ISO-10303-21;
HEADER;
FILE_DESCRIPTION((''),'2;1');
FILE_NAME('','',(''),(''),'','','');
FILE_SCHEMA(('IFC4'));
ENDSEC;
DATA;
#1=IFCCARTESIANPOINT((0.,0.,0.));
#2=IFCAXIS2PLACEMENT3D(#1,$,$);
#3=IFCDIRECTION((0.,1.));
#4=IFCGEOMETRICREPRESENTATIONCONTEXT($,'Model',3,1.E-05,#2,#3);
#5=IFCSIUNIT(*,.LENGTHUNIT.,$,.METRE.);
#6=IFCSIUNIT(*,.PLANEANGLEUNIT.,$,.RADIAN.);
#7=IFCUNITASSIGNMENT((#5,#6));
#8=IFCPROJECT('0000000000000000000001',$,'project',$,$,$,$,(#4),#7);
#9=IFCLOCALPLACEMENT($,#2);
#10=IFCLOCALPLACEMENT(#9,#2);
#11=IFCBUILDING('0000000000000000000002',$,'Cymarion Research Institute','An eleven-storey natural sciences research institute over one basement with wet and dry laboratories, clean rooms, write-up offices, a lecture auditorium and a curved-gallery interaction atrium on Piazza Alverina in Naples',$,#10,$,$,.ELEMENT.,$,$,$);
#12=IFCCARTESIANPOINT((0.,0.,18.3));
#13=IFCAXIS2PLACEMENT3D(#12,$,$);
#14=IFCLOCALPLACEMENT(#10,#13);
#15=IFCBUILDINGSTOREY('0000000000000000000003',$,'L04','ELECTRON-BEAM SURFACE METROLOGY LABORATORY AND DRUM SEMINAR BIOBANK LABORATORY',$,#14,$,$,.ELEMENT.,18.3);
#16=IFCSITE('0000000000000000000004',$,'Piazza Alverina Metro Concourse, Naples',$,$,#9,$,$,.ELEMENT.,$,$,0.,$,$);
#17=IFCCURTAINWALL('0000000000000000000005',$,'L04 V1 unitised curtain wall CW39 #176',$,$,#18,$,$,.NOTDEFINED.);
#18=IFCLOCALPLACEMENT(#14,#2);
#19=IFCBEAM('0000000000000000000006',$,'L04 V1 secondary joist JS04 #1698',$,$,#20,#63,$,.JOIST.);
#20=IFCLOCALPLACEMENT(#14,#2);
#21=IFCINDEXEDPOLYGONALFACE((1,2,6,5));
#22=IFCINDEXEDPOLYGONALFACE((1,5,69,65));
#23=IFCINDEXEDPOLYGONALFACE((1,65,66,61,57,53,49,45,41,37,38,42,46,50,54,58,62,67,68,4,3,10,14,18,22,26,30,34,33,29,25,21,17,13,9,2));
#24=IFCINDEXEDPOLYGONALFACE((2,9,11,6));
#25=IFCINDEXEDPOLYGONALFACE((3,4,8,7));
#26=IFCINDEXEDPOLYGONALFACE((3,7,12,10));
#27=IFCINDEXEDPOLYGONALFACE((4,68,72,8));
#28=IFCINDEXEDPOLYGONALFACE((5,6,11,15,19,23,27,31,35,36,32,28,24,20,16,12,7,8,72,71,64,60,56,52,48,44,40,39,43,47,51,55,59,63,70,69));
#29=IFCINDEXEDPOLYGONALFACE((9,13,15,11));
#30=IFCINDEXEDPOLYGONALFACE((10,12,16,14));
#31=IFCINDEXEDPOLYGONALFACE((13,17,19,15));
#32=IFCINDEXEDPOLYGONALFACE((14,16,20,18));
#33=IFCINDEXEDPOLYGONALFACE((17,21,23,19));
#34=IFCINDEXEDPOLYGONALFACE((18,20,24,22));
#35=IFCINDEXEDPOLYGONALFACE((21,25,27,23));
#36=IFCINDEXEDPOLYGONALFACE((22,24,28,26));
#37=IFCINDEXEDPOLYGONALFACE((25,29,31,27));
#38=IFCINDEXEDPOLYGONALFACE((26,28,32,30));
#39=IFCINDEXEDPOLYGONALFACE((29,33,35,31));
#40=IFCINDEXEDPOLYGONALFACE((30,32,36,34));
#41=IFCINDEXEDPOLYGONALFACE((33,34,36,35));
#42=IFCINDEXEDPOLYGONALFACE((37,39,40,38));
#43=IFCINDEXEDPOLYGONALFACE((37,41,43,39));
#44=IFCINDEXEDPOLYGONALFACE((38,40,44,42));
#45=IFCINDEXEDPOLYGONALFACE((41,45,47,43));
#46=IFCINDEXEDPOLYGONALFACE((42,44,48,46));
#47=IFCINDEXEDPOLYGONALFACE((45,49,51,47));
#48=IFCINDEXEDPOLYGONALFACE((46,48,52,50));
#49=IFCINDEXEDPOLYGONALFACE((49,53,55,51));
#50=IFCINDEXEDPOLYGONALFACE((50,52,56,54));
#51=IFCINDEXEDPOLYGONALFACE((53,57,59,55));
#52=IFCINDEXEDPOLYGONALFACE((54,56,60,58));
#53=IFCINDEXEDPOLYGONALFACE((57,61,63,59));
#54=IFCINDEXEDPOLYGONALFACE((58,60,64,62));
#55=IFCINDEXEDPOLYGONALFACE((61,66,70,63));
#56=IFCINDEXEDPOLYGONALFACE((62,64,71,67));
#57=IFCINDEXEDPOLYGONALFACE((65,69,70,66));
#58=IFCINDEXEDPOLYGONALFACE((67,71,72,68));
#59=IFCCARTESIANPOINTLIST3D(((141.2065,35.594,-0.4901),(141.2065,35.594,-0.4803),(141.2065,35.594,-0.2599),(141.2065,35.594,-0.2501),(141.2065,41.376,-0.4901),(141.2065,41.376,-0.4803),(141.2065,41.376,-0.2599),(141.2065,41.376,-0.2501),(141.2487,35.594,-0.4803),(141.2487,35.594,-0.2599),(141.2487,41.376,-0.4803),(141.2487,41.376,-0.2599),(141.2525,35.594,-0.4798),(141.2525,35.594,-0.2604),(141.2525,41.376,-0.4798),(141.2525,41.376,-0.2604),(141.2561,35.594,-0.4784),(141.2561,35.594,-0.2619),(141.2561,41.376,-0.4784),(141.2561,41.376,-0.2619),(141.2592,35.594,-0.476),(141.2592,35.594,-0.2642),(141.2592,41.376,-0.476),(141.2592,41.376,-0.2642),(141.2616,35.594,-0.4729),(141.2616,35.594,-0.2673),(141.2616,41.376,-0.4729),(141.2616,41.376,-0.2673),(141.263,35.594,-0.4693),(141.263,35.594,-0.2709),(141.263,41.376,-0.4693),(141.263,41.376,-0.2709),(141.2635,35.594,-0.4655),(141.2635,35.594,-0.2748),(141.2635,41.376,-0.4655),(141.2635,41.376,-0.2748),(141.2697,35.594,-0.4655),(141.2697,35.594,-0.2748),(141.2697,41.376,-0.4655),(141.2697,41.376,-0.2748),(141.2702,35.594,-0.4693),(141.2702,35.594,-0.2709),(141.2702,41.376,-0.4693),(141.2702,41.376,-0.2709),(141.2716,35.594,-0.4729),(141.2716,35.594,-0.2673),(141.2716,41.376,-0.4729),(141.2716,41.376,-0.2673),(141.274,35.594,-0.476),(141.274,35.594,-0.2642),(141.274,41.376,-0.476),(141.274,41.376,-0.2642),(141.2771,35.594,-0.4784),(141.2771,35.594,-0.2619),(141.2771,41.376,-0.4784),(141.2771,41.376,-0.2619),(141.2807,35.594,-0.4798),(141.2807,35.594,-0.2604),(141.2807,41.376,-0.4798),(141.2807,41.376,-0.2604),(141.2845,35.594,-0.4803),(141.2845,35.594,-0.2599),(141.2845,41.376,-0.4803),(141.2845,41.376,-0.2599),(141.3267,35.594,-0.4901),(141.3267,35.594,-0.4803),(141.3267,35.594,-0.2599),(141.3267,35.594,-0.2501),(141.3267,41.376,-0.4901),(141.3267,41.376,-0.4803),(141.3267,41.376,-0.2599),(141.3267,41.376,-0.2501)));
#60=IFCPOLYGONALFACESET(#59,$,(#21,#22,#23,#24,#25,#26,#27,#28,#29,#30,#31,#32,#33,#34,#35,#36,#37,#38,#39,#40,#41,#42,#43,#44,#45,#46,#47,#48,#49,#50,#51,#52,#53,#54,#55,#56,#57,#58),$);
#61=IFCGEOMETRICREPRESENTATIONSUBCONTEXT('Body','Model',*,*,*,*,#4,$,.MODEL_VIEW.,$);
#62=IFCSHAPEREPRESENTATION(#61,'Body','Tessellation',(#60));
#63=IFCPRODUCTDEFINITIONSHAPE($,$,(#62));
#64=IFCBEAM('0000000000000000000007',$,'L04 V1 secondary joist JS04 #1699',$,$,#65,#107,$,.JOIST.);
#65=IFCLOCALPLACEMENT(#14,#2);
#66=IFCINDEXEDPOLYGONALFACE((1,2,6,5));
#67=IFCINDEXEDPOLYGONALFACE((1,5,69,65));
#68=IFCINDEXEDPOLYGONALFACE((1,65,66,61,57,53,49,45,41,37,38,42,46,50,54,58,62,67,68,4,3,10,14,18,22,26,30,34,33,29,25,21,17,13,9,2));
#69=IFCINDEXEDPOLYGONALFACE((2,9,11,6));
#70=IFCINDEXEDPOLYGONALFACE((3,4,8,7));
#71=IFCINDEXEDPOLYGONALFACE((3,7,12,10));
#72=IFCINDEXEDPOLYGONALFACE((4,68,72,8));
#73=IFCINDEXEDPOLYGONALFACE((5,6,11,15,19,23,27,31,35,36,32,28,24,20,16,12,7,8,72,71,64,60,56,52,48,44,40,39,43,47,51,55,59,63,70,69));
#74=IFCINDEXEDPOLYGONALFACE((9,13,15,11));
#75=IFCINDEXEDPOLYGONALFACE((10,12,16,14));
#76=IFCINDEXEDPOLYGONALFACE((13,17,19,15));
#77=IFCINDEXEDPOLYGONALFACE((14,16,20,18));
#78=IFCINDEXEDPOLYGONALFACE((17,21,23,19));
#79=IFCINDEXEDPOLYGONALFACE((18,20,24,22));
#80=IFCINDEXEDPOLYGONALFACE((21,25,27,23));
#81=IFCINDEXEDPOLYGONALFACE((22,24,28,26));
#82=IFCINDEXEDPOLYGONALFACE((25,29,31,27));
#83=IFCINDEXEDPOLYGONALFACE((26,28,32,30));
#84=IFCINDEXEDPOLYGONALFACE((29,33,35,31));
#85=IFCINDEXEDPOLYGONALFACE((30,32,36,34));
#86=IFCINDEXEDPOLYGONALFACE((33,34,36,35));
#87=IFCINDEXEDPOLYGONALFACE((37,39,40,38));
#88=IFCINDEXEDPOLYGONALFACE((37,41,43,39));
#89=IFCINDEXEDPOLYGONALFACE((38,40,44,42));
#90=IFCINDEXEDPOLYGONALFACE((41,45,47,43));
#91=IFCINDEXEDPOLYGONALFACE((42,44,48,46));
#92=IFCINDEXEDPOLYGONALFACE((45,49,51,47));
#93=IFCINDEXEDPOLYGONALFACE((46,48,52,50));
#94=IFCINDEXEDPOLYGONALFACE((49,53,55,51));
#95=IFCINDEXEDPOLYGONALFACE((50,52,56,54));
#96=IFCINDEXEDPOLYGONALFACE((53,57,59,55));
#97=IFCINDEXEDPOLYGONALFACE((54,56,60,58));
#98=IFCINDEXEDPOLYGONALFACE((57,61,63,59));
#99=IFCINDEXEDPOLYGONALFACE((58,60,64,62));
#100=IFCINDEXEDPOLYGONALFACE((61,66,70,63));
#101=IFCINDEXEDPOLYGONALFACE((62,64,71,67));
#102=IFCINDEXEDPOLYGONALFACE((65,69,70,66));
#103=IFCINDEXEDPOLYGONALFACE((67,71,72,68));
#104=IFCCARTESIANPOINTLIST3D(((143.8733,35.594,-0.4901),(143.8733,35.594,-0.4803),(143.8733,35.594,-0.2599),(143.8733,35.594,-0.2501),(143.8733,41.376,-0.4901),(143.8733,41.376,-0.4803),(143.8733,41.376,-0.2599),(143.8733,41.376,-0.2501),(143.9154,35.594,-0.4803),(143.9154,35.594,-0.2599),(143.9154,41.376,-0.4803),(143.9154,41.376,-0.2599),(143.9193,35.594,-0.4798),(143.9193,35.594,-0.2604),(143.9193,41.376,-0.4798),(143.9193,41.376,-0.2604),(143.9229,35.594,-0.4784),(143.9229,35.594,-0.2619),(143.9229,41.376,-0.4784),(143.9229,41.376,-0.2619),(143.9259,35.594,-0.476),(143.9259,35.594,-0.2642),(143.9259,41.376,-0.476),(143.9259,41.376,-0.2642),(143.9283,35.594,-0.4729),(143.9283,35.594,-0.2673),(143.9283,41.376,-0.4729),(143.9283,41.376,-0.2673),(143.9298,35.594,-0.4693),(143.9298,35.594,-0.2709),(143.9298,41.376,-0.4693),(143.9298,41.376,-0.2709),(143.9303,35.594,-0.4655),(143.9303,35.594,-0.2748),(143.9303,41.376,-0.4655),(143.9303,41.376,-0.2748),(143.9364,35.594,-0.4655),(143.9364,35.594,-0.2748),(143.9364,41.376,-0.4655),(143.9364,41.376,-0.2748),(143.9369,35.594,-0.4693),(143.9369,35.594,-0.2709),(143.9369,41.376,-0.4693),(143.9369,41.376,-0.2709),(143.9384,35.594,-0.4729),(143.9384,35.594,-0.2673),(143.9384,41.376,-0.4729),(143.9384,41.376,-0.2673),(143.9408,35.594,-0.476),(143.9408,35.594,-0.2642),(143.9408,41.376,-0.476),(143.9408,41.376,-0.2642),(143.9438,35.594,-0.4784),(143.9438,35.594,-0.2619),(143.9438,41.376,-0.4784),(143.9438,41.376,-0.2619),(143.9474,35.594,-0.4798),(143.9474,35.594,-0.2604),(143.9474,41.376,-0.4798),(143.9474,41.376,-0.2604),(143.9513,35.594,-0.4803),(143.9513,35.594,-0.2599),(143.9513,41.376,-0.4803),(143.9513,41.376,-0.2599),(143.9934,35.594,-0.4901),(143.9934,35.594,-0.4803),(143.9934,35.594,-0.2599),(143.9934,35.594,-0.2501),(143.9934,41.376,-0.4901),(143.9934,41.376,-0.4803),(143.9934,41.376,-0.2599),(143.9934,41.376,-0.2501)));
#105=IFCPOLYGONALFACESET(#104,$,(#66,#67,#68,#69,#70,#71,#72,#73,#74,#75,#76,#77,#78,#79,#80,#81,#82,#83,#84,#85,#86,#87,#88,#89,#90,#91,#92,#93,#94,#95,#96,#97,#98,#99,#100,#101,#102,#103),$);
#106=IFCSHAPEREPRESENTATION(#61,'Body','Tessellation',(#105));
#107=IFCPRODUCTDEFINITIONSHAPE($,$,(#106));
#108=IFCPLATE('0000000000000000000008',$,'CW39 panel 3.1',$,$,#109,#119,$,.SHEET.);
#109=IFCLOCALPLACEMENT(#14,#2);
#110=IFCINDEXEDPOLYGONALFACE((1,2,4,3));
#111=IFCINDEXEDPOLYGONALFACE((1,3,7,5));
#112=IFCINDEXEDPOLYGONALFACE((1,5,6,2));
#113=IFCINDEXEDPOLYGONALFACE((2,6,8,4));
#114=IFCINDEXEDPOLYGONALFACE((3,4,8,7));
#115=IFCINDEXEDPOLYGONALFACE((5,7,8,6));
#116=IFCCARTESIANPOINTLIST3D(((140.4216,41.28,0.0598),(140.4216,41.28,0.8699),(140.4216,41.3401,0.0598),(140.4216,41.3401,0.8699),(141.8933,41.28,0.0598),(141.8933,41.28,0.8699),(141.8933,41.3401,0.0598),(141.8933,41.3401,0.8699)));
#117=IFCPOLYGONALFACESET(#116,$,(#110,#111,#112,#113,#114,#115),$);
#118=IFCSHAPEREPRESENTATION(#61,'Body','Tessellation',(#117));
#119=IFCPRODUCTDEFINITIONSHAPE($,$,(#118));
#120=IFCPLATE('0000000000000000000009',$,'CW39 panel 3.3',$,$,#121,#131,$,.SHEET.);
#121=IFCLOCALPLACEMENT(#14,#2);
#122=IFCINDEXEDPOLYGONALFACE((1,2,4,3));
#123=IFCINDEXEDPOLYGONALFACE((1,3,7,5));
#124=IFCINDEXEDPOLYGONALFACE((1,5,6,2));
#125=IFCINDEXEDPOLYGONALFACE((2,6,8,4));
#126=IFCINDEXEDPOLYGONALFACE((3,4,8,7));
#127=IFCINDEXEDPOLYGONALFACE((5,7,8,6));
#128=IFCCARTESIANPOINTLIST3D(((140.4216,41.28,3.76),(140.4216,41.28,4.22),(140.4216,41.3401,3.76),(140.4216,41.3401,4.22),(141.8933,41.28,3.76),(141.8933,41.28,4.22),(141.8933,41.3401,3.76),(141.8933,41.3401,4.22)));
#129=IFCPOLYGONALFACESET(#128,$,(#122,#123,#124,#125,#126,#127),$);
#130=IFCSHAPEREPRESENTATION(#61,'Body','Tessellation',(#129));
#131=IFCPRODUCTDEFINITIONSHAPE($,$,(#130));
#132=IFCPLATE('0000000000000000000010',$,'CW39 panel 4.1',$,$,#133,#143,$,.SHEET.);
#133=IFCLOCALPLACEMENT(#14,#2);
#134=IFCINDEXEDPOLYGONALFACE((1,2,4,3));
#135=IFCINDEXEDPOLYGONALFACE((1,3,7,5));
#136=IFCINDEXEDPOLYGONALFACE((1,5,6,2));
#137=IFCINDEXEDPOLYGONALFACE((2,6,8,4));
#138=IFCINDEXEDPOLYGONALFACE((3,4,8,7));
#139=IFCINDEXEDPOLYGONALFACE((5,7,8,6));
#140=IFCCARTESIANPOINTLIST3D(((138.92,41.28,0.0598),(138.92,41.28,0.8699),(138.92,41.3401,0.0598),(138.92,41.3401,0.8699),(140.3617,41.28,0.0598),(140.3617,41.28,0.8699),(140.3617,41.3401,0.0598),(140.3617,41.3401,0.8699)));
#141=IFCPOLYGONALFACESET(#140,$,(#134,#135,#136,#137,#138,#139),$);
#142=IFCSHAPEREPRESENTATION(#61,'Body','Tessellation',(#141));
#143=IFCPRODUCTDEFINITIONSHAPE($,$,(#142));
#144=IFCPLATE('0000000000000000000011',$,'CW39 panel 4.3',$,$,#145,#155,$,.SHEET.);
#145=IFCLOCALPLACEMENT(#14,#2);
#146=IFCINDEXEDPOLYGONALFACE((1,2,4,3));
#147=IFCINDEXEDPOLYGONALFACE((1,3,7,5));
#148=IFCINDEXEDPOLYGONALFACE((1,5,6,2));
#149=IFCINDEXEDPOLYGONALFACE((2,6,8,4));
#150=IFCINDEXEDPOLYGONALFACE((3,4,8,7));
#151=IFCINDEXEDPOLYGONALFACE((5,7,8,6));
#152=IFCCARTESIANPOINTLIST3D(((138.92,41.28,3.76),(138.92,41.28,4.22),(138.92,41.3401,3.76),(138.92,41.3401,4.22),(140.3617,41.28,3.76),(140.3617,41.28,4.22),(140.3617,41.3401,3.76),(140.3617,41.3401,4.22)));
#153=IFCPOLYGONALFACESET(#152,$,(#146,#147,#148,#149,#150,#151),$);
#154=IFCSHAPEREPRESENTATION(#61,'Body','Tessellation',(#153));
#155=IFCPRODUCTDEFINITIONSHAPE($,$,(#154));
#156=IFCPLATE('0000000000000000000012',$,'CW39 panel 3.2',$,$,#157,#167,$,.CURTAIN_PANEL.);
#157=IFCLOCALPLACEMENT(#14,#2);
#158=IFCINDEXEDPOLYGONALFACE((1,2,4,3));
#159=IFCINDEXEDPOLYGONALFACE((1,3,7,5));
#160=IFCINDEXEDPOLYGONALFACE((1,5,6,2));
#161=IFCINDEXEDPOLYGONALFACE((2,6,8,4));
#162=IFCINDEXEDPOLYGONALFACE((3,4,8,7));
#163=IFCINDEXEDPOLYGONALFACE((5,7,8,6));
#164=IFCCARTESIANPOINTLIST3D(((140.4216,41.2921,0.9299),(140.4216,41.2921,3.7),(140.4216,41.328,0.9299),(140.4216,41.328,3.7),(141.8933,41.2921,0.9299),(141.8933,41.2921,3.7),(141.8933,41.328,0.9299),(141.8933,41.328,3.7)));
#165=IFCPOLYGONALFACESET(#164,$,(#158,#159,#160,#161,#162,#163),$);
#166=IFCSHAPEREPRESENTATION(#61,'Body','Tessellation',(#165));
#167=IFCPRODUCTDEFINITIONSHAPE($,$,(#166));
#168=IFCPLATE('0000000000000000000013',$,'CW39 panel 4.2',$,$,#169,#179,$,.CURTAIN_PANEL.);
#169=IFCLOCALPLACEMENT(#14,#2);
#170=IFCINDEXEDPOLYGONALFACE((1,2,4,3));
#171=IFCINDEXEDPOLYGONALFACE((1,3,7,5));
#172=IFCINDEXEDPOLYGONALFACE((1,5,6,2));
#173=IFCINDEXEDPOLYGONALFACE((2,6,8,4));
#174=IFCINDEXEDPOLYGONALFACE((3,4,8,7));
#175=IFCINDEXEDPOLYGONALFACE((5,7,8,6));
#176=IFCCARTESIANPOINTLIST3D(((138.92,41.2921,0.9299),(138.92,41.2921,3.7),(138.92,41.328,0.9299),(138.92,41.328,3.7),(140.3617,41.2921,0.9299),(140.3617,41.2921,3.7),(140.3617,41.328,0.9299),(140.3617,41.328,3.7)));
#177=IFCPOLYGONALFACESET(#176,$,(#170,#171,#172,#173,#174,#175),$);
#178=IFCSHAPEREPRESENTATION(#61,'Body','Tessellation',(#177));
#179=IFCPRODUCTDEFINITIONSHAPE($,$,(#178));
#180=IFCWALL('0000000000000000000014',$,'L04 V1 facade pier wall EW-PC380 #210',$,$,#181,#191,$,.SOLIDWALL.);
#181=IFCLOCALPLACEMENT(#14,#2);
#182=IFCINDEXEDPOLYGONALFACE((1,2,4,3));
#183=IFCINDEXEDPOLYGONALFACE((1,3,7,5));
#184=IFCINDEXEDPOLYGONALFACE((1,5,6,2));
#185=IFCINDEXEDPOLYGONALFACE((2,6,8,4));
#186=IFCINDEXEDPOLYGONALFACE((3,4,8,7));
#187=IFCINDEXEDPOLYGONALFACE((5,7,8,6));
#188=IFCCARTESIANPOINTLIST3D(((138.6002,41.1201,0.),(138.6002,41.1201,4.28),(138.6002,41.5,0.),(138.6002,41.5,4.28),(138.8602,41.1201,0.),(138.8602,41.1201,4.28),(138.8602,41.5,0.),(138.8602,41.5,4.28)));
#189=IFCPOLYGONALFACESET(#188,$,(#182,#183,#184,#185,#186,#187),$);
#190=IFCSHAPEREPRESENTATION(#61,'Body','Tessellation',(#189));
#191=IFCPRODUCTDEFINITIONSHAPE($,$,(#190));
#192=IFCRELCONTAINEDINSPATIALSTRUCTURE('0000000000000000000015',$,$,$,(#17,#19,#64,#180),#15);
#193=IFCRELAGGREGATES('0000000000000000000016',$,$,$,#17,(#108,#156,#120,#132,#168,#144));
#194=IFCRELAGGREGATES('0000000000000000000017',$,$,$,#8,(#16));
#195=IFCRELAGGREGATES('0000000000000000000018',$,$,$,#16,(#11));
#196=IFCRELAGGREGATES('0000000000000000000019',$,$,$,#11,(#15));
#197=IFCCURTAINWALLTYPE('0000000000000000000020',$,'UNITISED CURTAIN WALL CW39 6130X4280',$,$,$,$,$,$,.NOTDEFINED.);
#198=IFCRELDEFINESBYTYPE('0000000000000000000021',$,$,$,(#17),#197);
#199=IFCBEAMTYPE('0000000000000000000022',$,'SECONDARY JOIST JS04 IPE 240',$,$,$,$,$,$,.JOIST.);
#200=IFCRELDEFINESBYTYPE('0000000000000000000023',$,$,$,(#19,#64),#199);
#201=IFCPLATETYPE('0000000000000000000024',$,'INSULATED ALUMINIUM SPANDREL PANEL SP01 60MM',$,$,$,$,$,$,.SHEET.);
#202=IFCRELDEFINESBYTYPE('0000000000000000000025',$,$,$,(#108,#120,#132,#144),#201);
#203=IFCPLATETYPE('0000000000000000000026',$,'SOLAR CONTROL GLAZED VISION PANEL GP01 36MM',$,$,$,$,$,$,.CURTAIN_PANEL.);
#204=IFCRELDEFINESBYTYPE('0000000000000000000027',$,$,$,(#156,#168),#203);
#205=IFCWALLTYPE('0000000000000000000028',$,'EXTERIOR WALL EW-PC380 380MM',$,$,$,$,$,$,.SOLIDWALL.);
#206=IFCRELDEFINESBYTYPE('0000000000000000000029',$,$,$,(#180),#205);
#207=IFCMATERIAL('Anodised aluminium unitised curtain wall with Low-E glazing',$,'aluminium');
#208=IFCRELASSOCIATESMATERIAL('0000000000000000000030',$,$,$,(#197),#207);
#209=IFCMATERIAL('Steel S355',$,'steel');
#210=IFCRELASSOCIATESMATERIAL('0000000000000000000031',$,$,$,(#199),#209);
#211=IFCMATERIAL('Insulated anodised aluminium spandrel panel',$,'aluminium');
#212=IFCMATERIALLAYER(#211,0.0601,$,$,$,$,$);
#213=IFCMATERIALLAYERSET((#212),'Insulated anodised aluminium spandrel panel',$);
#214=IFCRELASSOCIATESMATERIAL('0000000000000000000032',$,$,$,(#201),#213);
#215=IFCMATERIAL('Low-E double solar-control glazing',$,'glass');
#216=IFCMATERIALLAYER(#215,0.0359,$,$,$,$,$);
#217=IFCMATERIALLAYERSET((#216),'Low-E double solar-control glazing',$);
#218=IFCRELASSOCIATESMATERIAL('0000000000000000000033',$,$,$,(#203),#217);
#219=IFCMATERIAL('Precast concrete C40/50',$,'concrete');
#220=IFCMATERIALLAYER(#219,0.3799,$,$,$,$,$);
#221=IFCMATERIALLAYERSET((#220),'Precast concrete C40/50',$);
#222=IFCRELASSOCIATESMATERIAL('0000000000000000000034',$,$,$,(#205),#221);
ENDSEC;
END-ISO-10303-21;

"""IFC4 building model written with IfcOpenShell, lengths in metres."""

from ifc_helpers import new_model, si_unit, direction, frame, frame_2d, origin, origin_2d, place, context, subcontext, project, spatial, rectangle, i_section, extrude, material, layer, layer_set, material_profile, profile_set, type_object, element, aggregate, save


model = new_model("IFC4")

# Units and contexts
model_context = context("Model", 3, precision=1e-05, world=origin(), true_north=direction((0.0, 1.0)))
body_context = subcontext(model_context, "Body", "Model", "MODEL_VIEW")
ifc_project = project(units=[si_unit("LENGTHUNIT", "METRE"), si_unit("PLANEANGLEUNIT", "RADIAN")], contexts=[model_context])

# Site, building, storey
site_placement = place(None, origin())
site = spatial("IfcSite", under=ifc_project, at=site_placement, Name="Piazza Alverina Metro Concourse, Naples", CompositionType="ELEMENT", RefElevation=0.0)
building_placement = place(site_placement, origin())
building = spatial("IfcBuilding", under=site, at=building_placement, Name="Cymarion Research Institute", Description="An eleven-storey natural sciences research institute over one basement with wet and dry laboratories, clean rooms, write-up offices, a lecture auditorium and a curved-gallery interaction atrium on Piazza Alverina in Naples", CompositionType="ELEMENT")
storey_placement = place(building_placement, frame((0.0, 0.0, 18.3)))
storey = spatial("IfcBuildingStorey", under=building, at=storey_placement, Name="L04", Description="ELECTRON-BEAM SURFACE METROLOGY LABORATORY AND DRUM SEMINAR BIOBANK LABORATORY", CompositionType="ELEMENT", Elevation=18.3)

# Curtain wall
ifc_material_1 = material(Name="Anodised aluminium unitised curtain wall with Low-E glazing", Category="aluminium")
curtain_wall_type = type_object("IfcCurtainWallType", Name="UNITISED CURTAIN WALL CW39 6130X4280", PredefinedType="NOTDEFINED", material=ifc_material_1)
curtain_wall_placement = place(storey_placement, origin())
curtain_wall = element("IfcCurtainWall", 1, at=curtain_wall_placement, inside=storey, type_object=curtain_wall_type, Name="L04 V1 unitised curtain wall CW39 #176", PredefinedType="NOTDEFINED")

# Beams
ifc_material_2 = material(Name="Steel S355", Category="steel")
ifc_material_profile_1 = material_profile(ifc_material_2, i_section(OverallWidth=0.1201, OverallDepth=0.24, WebThickness=0.0061, FlangeThickness=0.0098, FilletRadius=0.0149, at=origin_2d()), Name="IPE 240")
ifc_profile_set_1 = profile_set([ifc_material_profile_1], Name="Steel S355")
beam_type = type_object("IfcBeamType", Name="SECONDARY JOIST JS04 IPE 240", PredefinedType="JOIST", material=ifc_profile_set_1)
for number, where, z_axis, x_axis, name in (
    (2, (141.2666, 35.594, -0.3701), (0.0, 1.0, 0.0), (-1.0, 0.0, 0.0), "L04 V1 secondary joist JS04 #1698"),
    (3, (143.9333, 35.594, -0.3701), (0.0, 1.0, 0.0), (-1.0, 0.0, 0.0), "L04 V1 secondary joist JS04 #1699"),
):
    element("IfcBeam", number, at=place(storey_placement, frame(where, z_axis=z_axis, x_axis=x_axis)), inside=storey, type_object=beam_type, Name=name, PredefinedType="JOIST", context=body_context, shape_type="SweptSolid", body=[
        extrude(i_section(OverallWidth=0.1201, OverallDepth=0.24, WebThickness=0.0061, FlangeThickness=0.0098, FilletRadius=0.0149, at=origin_2d()), origin(), (0.0, 0.0, 1.0), 5.782),
    ])

# Plates
ifc_material_3 = material(Name="Insulated anodised aluminium spandrel panel", Category="aluminium")
ifc_layer_1 = layer(ifc_material_3, 0.0601)
ifc_layer_set_1 = layer_set([ifc_layer_1], Name="Insulated anodised aluminium spandrel panel")
plate_type_1 = type_object("IfcPlateType", Name="INSULATED ALUMINIUM SPANDREL PANEL SP01 60MM", PredefinedType="SHEET", material=ifc_layer_set_1)
plate_1_placement = place(storey_placement, frame((141.1575, 41.3101, 0.0598), z_axis=(0.0, 0.0, 1.0), x_axis=(-1.0, 0.0, 0.0)))
plate_1 = element("IfcPlate", 4, at=plate_1_placement, type_object=plate_type_1, Name="CW39 panel 3.1", PredefinedType="SHEET", context=body_context, shape_type="SweptSolid", body=[
    extrude(rectangle(XDim=1.4717, YDim=0.0601, at=origin_2d()), origin(), (0.0, 0.0, 1.0), 0.8101),
])
plate_2_placement = place(storey_placement, frame((141.1575, 41.3101, 3.76), z_axis=(0.0, 0.0, 1.0), x_axis=(-1.0, 0.0, 0.0)))
plate_2 = element("IfcPlate", 5, at=plate_2_placement, type_object=plate_type_1, Name="CW39 panel 3.3", PredefinedType="SHEET", context=body_context, shape_type="SweptSolid", body=[
    extrude(rectangle(XDim=1.4717, YDim=0.0601, at=origin_2d()), origin(), (0.0, 0.0, 1.0), 0.46),
])
plate_3_placement = place(storey_placement, frame((139.6409, 41.3101, 0.0598), z_axis=(0.0, 0.0, 1.0), x_axis=(-1.0, 0.0, 0.0)))
plate_3 = element("IfcPlate", 6, at=plate_3_placement, type_object=plate_type_1, Name="CW39 panel 4.1", PredefinedType="SHEET", context=body_context, shape_type="SweptSolid", body=[
    extrude(rectangle(XDim=1.4417, YDim=0.0601, at=origin_2d()), origin(), (0.0, 0.0, 1.0), 0.8101),
])
plate_4_placement = place(storey_placement, frame((139.6409, 41.3101, 3.76), z_axis=(0.0, 0.0, 1.0), x_axis=(-1.0, 0.0, 0.0)))
plate_4 = element("IfcPlate", 7, at=plate_4_placement, type_object=plate_type_1, Name="CW39 panel 4.3", PredefinedType="SHEET", context=body_context, shape_type="SweptSolid", body=[
    extrude(rectangle(XDim=1.4417, YDim=0.0601, at=origin_2d()), origin(), (0.0, 0.0, 1.0), 0.46),
])
ifc_material_4 = material(Name="Low-E double solar-control glazing", Category="glass")
ifc_layer_2 = layer(ifc_material_4, 0.0359)
ifc_layer_set_2 = layer_set([ifc_layer_2], Name="Low-E double solar-control glazing")
plate_type_2 = type_object("IfcPlateType", Name="SOLAR CONTROL GLAZED VISION PANEL GP01 36MM", PredefinedType="CURTAIN_PANEL", material=ifc_layer_set_2)
plate_5_placement = place(storey_placement, frame((141.1575, 41.3101, 0.9299), z_axis=(0.0, 0.0, 1.0), x_axis=(-1.0, 0.0, 0.0)))
plate_5 = element("IfcPlate", 8, at=plate_5_placement, type_object=plate_type_2, Name="CW39 panel 3.2", PredefinedType="CURTAIN_PANEL", context=body_context, shape_type="SweptSolid", body=[
    extrude(rectangle(XDim=1.4717, YDim=0.0359, at=origin_2d()), origin(), (0.0, 0.0, 1.0), 2.77),
])
plate_6_placement = place(storey_placement, frame((139.6409, 41.3101, 0.9299), z_axis=(0.0, 0.0, 1.0), x_axis=(-1.0, 0.0, 0.0)))
plate_6 = element("IfcPlate", 9, at=plate_6_placement, type_object=plate_type_2, Name="CW39 panel 4.2", PredefinedType="CURTAIN_PANEL", context=body_context, shape_type="SweptSolid", body=[
    extrude(rectangle(XDim=1.4417, YDim=0.0359, at=origin_2d()), origin(), (0.0, 0.0, 1.0), 2.77),
])
aggregate(curtain_wall, [plate_1, plate_5, plate_2, plate_3, plate_6, plate_4])

# Wall
ifc_material_5 = material(Name="Precast concrete C40/50", Category="concrete")
ifc_layer_3 = layer(ifc_material_5, 0.3799)
ifc_layer_set_3 = layer_set([ifc_layer_3], Name="Precast concrete C40/50")
wall_type = type_object("IfcWallType", Name="EXTERIOR WALL EW-PC380 380MM", PredefinedType="SOLIDWALL", material=ifc_layer_set_3)
wall_1_placement = place(storey_placement, frame((138.8601, 41.3101, 0.0), z_axis=(0.0, 0.0, 1.0), x_axis=(-1.0, 0.0, 0.0)))
element("IfcWall", 10, at=wall_1_placement, inside=storey, type_object=wall_type, Name="L04 V1 facade pier wall EW-PC380 #210", PredefinedType="SOLIDWALL", context=body_context, shape_type="SweptSolid", body=[
    extrude(rectangle(XDim=0.26, YDim=0.3799, at=frame_2d((0.1299, 0.0))), origin(), (0.0, 0.0, 1.0), 4.28),
])

save(model, "model.ifc")
